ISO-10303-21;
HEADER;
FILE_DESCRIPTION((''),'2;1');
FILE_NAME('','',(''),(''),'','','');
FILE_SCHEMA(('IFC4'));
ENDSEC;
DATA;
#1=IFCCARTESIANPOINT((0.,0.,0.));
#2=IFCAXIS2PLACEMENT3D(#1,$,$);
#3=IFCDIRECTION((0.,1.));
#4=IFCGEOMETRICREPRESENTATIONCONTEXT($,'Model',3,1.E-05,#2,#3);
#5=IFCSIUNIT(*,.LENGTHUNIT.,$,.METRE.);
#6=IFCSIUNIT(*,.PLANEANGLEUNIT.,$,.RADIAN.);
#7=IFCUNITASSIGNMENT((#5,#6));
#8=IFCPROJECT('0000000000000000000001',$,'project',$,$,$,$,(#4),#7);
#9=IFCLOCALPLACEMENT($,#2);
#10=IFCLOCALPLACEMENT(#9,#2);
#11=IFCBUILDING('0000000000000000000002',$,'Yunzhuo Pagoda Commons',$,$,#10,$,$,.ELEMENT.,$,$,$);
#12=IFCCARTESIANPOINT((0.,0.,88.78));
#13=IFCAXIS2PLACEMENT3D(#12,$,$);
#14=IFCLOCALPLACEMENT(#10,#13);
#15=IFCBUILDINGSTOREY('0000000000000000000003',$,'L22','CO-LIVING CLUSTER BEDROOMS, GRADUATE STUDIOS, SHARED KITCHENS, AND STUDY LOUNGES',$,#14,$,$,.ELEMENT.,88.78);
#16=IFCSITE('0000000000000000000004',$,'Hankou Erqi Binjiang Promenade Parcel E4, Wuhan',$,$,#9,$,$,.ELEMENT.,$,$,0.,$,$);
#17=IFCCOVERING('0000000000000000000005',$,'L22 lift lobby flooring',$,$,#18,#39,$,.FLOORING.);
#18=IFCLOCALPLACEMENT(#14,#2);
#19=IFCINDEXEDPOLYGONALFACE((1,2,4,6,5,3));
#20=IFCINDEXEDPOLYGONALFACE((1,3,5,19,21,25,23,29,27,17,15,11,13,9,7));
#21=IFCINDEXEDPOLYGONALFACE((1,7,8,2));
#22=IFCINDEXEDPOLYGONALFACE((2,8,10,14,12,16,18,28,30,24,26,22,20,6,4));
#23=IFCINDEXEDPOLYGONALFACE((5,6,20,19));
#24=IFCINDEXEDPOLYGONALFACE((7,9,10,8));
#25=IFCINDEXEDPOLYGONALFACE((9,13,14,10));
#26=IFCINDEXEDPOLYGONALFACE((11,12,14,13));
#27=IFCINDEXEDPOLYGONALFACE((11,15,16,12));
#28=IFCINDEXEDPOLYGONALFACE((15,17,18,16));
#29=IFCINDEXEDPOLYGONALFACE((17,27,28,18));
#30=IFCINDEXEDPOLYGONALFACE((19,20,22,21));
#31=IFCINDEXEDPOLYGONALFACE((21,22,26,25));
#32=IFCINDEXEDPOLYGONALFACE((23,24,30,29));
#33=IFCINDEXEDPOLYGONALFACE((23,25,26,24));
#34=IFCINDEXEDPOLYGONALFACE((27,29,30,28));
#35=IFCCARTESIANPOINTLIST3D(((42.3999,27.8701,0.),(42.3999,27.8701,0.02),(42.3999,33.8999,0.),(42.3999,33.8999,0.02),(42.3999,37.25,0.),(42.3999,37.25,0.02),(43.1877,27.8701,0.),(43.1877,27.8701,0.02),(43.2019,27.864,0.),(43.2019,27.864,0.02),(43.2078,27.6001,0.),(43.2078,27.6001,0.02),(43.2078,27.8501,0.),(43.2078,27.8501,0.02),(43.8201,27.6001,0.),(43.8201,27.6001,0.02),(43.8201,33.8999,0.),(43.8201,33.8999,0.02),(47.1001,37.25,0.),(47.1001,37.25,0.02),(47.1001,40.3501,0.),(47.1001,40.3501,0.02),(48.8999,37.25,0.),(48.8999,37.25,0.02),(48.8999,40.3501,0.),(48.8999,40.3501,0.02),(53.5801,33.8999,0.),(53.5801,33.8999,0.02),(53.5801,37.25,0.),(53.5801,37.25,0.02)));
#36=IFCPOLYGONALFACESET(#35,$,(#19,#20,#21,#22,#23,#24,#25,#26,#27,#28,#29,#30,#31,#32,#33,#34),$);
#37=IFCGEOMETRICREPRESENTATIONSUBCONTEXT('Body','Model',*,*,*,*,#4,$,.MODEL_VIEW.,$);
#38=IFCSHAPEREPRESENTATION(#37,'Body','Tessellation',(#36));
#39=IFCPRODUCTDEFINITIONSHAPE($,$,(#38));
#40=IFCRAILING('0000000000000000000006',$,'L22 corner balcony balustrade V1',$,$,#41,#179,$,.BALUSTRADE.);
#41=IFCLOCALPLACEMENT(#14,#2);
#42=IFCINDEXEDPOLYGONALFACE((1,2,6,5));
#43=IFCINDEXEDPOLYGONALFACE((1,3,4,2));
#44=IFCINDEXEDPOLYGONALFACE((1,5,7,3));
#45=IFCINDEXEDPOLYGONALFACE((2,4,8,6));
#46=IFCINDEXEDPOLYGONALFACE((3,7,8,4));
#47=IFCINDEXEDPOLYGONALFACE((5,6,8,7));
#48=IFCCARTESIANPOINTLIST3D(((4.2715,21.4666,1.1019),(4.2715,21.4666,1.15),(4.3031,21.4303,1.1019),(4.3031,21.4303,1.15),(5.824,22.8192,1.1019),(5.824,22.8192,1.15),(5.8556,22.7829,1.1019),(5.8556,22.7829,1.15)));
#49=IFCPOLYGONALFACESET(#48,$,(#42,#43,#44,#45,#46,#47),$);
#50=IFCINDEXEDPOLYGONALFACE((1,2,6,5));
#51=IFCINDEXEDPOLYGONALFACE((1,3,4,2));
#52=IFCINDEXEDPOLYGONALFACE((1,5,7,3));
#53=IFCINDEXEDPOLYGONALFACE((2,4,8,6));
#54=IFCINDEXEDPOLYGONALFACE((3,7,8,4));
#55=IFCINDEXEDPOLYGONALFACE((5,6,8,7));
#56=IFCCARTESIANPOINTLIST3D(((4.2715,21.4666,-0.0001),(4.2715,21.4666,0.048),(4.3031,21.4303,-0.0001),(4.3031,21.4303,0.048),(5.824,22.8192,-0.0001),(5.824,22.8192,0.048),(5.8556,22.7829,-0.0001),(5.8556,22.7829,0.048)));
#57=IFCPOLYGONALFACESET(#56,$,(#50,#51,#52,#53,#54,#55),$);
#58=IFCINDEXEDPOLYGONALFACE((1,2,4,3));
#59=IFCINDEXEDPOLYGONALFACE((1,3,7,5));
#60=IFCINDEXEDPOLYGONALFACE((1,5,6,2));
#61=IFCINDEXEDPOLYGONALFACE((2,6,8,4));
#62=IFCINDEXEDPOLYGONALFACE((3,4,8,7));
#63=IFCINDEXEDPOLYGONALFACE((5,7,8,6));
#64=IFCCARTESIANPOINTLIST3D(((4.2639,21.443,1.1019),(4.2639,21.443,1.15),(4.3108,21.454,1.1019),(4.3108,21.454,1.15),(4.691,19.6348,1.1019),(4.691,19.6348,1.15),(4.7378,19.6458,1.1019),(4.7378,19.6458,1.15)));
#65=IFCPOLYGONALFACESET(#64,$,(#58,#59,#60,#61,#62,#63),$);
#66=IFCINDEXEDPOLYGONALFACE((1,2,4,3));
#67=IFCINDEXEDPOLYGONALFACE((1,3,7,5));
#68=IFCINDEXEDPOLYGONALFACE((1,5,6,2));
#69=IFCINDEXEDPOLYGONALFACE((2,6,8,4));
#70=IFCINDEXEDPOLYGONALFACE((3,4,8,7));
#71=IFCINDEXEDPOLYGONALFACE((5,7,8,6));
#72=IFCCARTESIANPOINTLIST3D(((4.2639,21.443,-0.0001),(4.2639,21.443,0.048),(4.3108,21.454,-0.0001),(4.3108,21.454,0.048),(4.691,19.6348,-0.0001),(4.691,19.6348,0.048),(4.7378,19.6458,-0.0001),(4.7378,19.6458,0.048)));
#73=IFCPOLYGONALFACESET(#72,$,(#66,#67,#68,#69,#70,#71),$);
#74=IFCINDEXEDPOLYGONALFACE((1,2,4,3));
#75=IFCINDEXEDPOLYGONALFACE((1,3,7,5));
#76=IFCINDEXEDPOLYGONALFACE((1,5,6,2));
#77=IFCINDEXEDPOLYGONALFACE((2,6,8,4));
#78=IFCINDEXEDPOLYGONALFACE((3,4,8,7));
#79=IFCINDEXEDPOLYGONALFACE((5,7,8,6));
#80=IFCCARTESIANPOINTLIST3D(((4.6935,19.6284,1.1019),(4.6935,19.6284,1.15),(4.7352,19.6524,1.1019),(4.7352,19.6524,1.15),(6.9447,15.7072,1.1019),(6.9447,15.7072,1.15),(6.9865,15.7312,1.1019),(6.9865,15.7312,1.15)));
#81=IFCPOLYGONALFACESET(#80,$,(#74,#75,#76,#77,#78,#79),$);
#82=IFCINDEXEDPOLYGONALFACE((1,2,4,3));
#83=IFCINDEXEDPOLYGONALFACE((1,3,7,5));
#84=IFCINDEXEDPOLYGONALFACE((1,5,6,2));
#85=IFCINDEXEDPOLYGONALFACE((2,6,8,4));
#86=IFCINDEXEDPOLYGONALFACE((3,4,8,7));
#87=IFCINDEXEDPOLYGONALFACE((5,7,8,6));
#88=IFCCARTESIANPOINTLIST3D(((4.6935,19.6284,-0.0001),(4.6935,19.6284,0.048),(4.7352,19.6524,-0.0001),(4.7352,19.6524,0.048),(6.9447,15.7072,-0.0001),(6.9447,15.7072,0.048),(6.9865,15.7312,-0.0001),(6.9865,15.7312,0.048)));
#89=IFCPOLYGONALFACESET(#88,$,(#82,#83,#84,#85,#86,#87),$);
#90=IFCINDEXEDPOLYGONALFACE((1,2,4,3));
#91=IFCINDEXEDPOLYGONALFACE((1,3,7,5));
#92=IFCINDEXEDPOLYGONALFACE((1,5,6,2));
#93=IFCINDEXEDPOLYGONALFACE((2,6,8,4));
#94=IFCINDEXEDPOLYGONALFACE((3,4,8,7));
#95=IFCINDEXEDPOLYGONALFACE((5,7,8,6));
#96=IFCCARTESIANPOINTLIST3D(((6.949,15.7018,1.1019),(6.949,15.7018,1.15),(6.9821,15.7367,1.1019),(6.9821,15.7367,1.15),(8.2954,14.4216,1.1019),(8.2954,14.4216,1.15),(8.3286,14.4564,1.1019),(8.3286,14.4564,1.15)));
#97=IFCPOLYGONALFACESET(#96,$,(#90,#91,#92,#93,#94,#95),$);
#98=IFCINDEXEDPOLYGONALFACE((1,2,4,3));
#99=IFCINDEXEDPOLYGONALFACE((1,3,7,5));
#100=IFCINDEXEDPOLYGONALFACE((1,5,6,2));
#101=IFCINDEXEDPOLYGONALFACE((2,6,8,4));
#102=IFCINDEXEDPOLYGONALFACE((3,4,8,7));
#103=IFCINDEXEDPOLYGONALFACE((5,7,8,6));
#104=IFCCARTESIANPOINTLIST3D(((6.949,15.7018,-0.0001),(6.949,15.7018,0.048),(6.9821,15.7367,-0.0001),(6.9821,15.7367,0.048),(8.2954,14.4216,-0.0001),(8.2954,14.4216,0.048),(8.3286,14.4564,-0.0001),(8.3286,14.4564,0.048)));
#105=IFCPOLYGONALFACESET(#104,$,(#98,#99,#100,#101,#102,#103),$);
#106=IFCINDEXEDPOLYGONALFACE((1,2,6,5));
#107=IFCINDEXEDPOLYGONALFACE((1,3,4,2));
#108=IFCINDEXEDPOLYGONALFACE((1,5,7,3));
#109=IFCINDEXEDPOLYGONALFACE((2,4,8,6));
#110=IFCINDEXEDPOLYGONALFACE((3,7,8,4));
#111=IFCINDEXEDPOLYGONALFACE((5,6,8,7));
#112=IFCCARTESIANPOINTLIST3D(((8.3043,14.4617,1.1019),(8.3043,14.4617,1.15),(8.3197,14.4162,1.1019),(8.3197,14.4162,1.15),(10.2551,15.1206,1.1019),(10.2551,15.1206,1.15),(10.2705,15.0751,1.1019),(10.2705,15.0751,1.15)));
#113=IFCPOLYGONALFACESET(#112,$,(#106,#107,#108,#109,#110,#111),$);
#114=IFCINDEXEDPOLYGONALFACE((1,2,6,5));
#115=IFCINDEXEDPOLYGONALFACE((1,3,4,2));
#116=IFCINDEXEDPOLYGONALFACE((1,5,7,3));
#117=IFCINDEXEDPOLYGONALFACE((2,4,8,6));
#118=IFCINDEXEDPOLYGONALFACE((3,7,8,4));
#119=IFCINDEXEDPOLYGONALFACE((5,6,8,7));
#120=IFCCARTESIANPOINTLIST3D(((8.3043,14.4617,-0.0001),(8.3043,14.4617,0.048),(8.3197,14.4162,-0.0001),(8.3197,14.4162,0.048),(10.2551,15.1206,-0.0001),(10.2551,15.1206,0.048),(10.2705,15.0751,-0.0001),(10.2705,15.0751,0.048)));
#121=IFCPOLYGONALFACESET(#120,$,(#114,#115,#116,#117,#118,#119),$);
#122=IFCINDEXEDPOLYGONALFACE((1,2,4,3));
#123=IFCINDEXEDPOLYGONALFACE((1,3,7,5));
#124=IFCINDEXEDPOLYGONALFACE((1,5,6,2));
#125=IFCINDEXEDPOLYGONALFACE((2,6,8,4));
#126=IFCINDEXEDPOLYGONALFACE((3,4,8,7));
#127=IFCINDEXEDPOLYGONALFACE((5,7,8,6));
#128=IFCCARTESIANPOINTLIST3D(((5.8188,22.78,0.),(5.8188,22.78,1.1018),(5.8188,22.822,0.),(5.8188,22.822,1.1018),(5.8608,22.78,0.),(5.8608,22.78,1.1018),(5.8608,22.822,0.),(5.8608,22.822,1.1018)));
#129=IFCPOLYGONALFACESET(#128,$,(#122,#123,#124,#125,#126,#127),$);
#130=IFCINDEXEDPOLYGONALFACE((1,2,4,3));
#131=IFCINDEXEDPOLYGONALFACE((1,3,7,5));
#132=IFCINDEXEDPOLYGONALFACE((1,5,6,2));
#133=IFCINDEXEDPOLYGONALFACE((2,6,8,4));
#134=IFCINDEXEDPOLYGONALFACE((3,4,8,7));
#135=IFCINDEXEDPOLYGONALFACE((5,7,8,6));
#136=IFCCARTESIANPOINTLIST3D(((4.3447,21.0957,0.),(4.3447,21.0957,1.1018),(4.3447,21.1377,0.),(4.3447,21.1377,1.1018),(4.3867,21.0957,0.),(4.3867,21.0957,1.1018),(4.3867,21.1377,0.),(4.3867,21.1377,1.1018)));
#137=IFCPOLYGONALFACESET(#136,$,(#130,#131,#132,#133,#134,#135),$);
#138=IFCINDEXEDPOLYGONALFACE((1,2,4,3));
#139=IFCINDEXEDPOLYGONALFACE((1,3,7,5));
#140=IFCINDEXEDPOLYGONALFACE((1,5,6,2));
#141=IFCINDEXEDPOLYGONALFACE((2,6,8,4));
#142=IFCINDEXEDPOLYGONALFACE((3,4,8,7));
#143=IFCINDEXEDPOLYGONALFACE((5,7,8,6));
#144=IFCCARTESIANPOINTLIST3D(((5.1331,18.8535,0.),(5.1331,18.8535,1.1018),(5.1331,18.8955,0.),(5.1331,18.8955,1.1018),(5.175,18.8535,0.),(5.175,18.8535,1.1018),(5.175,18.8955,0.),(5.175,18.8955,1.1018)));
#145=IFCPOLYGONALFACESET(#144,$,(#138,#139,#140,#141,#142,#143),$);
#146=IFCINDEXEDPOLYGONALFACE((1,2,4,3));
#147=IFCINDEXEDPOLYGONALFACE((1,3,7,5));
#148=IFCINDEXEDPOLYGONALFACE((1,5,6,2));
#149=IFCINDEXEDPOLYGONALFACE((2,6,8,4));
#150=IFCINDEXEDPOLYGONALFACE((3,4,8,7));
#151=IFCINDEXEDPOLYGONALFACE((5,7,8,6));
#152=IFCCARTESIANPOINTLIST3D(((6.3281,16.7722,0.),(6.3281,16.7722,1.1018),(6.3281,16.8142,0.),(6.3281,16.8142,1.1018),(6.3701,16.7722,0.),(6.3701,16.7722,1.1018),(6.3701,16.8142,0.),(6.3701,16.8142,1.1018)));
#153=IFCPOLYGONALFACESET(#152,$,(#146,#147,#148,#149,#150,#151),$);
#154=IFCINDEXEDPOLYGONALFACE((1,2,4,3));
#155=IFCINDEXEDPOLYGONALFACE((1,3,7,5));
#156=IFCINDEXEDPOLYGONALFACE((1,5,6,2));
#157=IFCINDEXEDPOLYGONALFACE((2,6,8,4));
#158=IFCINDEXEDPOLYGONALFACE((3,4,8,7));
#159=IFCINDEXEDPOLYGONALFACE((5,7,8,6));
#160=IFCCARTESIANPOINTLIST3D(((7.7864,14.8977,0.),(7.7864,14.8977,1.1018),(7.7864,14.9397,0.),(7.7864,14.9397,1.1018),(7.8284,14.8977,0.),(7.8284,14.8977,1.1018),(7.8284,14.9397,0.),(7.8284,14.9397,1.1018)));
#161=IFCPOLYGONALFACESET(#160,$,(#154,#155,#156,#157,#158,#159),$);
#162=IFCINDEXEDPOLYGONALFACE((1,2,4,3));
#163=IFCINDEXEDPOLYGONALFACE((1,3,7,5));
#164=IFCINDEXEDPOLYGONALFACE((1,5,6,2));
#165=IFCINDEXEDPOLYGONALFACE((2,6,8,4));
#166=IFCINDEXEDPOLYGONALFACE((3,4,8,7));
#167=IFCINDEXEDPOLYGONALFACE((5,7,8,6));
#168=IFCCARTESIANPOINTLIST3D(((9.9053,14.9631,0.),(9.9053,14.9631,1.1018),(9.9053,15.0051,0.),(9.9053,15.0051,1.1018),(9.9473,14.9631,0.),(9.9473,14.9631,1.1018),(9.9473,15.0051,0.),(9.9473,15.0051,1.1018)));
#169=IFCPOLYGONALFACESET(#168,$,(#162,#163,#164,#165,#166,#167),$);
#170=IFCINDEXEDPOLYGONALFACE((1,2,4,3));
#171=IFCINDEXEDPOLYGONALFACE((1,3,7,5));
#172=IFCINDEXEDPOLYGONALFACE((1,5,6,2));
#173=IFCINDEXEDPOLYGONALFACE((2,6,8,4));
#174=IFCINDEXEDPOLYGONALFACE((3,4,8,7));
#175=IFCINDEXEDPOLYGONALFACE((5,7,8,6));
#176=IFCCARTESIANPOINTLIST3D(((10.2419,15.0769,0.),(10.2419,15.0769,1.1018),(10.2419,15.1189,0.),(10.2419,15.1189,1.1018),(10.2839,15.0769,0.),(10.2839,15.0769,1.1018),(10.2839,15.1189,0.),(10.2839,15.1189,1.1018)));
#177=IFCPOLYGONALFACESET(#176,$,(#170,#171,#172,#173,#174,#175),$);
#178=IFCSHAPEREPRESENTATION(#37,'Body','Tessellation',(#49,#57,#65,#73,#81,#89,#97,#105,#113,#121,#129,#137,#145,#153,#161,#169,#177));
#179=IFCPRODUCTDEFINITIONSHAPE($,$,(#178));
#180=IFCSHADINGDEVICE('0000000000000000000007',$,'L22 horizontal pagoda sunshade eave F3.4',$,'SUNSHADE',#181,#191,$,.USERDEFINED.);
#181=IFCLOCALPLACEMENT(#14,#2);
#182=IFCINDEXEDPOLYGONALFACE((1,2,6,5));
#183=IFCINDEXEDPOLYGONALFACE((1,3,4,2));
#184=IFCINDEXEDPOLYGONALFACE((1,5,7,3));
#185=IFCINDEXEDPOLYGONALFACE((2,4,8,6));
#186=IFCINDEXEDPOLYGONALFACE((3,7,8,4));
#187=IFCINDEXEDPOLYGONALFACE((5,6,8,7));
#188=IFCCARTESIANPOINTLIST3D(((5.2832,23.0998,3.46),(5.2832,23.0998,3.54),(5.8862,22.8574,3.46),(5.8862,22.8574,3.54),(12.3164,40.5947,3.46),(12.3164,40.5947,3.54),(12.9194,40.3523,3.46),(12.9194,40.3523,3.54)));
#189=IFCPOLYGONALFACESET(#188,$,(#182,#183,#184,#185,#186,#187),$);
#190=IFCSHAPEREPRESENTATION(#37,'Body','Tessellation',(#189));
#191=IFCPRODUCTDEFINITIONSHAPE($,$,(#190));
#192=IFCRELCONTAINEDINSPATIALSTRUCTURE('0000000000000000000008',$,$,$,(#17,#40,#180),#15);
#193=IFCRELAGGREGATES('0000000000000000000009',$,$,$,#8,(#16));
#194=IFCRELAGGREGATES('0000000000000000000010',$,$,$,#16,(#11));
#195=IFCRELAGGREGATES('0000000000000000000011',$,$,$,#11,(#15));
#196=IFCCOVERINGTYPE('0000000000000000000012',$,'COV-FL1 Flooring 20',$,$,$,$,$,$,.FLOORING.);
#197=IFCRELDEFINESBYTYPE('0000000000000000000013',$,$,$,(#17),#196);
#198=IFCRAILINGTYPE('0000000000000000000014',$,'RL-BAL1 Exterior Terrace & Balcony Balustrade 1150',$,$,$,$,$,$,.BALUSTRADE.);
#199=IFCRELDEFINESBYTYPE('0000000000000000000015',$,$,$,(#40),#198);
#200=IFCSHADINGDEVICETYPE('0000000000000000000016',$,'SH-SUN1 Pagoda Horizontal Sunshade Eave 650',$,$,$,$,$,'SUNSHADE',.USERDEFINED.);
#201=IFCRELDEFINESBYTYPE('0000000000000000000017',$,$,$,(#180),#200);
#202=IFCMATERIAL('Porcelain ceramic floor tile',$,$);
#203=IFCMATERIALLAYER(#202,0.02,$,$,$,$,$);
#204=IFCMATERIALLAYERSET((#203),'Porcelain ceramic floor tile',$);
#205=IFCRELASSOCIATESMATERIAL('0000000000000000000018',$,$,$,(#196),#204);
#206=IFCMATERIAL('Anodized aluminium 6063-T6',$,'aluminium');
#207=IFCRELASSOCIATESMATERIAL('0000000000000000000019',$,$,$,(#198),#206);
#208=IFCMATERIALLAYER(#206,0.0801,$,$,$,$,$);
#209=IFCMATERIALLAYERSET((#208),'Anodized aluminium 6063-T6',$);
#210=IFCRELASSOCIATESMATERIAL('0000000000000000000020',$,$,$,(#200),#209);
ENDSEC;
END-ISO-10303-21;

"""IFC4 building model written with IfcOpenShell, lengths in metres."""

from ifc_helpers import new_model, si_unit, direction, frame, origin, origin_2d, place, context, subcontext, project, spatial, polyline, rectangle, outline, extrude, source, transform, mapped, material, layer, layer_set, type_object, element, save


model = new_model("IFC4")

# Units and contexts
model_context = context("Model", 3, precision=1e-05, world=origin(), true_north=direction((0.0, 1.0)))
body_context = subcontext(model_context, "Body", "Model", "MODEL_VIEW")
ifc_project = project(units=[si_unit("LENGTHUNIT", "METRE"), si_unit("PLANEANGLEUNIT", "RADIAN")], contexts=[model_context])

# Site, building, storey
site_placement = place(None, origin())
site = spatial("IfcSite", under=ifc_project, at=site_placement, Name="Hankou Erqi Binjiang Promenade Parcel E4, Wuhan", CompositionType="ELEMENT", RefElevation=0.0)
building_placement = place(site_placement, origin())
building = spatial("IfcBuilding", under=site, at=building_placement, Name="Yunzhuo Pagoda Commons", CompositionType="ELEMENT")
storey_placement = place(building_placement, frame((0.0, 0.0, 88.78)))
storey = spatial("IfcBuildingStorey", under=building, at=storey_placement, Name="L22", Description="CO-LIVING CLUSTER BEDROOMS, GRADUATE STUDIOS, SHARED KITCHENS, AND STUDY LOUNGES", CompositionType="ELEMENT", Elevation=88.78)

# Shared definitions
ifc_material_1 = material(Name="Anodized aluminium 6063-T6", Category="aluminium")

# Covering
ifc_material_2 = material(Name="Porcelain ceramic floor tile")
ifc_layer_1 = layer(ifc_material_2, 0.02)
ifc_layer_set_1 = layer_set([ifc_layer_1], Name="Porcelain ceramic floor tile")
covering_type_1 = type_object("IfcCoveringType", Name="COV-FL1 Flooring 20", PredefinedType="FLOORING", material=ifc_layer_set_1)
covering_1_placement = place(storey_placement, origin())
element("IfcCovering", 1, at=covering_1_placement, inside=storey, type_object=covering_type_1, Name="L22 lift lobby flooring", PredefinedType="FLOORING", context=body_context, shape_type="SweptSolid", body=[
    extrude(outline(polyline([(43.2078, 27.8501), (43.2019, 27.864), (43.1877, 27.8701), (42.3999, 27.8701), (42.3999, 33.8999), (42.3999, 37.25), (47.1001, 37.25), (47.1001, 40.3501), (48.8999, 40.3501), (48.8999, 37.25), (53.5801, 37.25), (53.5801, 33.8999), (43.8201, 33.8999), (43.8201, 27.6001), (43.2078, 27.6001), (43.2078, 27.8501)])), origin(), (0.0, 0.0, 1.0), 0.02),
])

# Railing
railing_type = type_object("IfcRailingType", Name="RL-BAL1 Exterior Terrace & Balcony Balustrade 1150", PredefinedType="BALUSTRADE", material=ifc_material_1)
railing_placement = place(storey_placement, frame((5.8398, 22.801, 0.0)))
element("IfcRailing", 2, at=railing_placement, inside=storey, type_object=railing_type, Name="L22 corner balcony balustrade V1", PredefinedType="BALUSTRADE", context=body_context, shape_type="SweptSolid", body=[
    extrude(rectangle(XDim=0.0481, YDim=0.0481, at=origin_2d()), frame((0.0, 0.0, 1.126), z_axis=(-0.753993, -0.656883, 0.0), x_axis=(0.656883, -0.753993, 0.0)), (0.0, 0.0, 1.0), 2.0591),
    extrude(rectangle(XDim=0.0481, YDim=0.0481, at=origin_2d()), frame((0.0, 0.0, 0.0239), z_axis=(-0.753993, -0.656883, 0.0), x_axis=(0.656883, -0.753993, 0.0)), (0.0, 0.0, 1.0), 2.0591),
    extrude(rectangle(XDim=0.0481, YDim=0.0481, at=origin_2d()), frame((-1.5525, -1.3525, 1.126), z_axis=(0.229838, -0.973229, 0.0), x_axis=(0.973229, 0.229838, 0.0)), (0.0, 0.0, 1.0), 1.8579),
    extrude(rectangle(XDim=0.0481, YDim=0.0481, at=origin_2d()), frame((-1.5525, -1.3525, 0.0239), z_axis=(0.229838, -0.973229, 0.0), x_axis=(0.973229, 0.229838, 0.0)), (0.0, 0.0, 1.0), 1.8579),
    extrude(rectangle(XDim=0.0481, YDim=0.0481, at=origin_2d()), frame((-1.1255, -3.1606, 1.126), z_axis=(0.4979, -0.867235, 0.0), x_axis=(0.867235, 0.4979, 0.0)), (0.0, 0.0, 1.0), 4.5215),
    extrude(rectangle(XDim=0.0481, YDim=0.0481, at=origin_2d()), frame((-1.1255, -3.1606, 0.0239), z_axis=(0.4979, -0.867235, 0.0), x_axis=(0.867235, 0.4979, 0.0)), (0.0, 0.0, 1.0), 4.5215),
    extrude(rectangle(XDim=0.0481, YDim=0.0481, at=origin_2d()), frame((1.1257, -7.0818, 1.126), z_axis=(0.724688, -0.689077, 0.0), x_axis=(0.689077, 0.724688, 0.0)), (0.0, 0.0, 1.0), 1.8579),
    extrude(rectangle(XDim=0.0481, YDim=0.0481, at=origin_2d()), frame((1.1257, -7.0818, 0.0239), z_axis=(0.724688, -0.689077, 0.0), x_axis=(0.689077, 0.724688, 0.0)), (0.0, 0.0, 1.0), 1.8579),
    extrude(rectangle(XDim=0.0481, YDim=0.0481, at=origin_2d()), frame((2.4722, -8.3621, 1.126), z_axis=(0.947419, 0.319996, 0.0), x_axis=(-0.319996, 0.947419, 0.0)), (0.0, 0.0, 1.0), 2.0591),
    extrude(rectangle(XDim=0.0481, YDim=0.0481, at=origin_2d()), frame((2.4722, -8.3621, 0.0239), z_axis=(0.947419, 0.319996, 0.0), x_axis=(-0.319996, 0.947419, 0.0)), (0.0, 0.0, 1.0), 2.0591),
    extrude(rectangle(XDim=0.042, YDim=0.042, at=origin_2d()), origin(), (0.0, 0.0, 1.0), 1.1018),
    extrude(rectangle(XDim=0.042, YDim=0.042, at=origin_2d()), frame((-1.4741, -1.6843, 0.0)), (0.0, 0.0, 1.0), 1.1018),
    extrude(rectangle(XDim=0.042, YDim=0.042, at=origin_2d()), frame((-0.6858, -3.9265, 0.0)), (0.0, 0.0, 1.0), 1.1018),
    extrude(rectangle(XDim=0.042, YDim=0.042, at=origin_2d()), frame((0.5093, -6.0078, 0.0)), (0.0, 0.0, 1.0), 1.1018),
    extrude(rectangle(XDim=0.042, YDim=0.042, at=origin_2d()), frame((1.9675, -7.8823, 0.0)), (0.0, 0.0, 1.0), 1.1018),
    extrude(rectangle(XDim=0.042, YDim=0.042, at=origin_2d()), frame((4.0864, -7.8169, 0.0)), (0.0, 0.0, 1.0), 1.1018),
    extrude(rectangle(XDim=0.042, YDim=0.042, at=origin_2d()), frame((4.4231, -7.7031, 0.0)), (0.0, 0.0, 1.0), 1.1018),
])

# Shading device
ifc_layer_2 = layer(ifc_material_1, 0.0801)
ifc_layer_set_2 = layer_set([ifc_layer_2], Name="Anodized aluminium 6063-T6")
shading_device_type = type_object("IfcShadingDeviceType", Name="SH-SUN1 Pagoda Horizontal Sunshade Eave 650", ElementType="SUNSHADE", PredefinedType="USERDEFINED", material=ifc_layer_set_2)
shared_shape_1 = source(origin(), body_context, "Body", "SweptSolid", [
    extrude(rectangle(XDim=18.8557, YDim=0.6499, at=origin_2d()), origin(), (0.0, 0.0, 1.0), 0.0801),
])
shading_device_placement = place(storey_placement, frame((9.1013, 31.7261, 3.46), z_axis=(0.0, 0.0, 1.0), x_axis=(-0.373004, -0.92783, 0.0)))
element("IfcShadingDevice", 3, at=shading_device_placement, inside=storey, type_object=shading_device_type, Name="L22 horizontal pagoda sunshade eave F3.4", ObjectType="SUNSHADE", PredefinedType="USERDEFINED", context=body_context, shape_type="MappedRepresentation", body=[
    mapped(shared_shape_1, transform((0.0, 0.0, 0.0), scale=1.0)),
])

save(model, "model.ifc")
